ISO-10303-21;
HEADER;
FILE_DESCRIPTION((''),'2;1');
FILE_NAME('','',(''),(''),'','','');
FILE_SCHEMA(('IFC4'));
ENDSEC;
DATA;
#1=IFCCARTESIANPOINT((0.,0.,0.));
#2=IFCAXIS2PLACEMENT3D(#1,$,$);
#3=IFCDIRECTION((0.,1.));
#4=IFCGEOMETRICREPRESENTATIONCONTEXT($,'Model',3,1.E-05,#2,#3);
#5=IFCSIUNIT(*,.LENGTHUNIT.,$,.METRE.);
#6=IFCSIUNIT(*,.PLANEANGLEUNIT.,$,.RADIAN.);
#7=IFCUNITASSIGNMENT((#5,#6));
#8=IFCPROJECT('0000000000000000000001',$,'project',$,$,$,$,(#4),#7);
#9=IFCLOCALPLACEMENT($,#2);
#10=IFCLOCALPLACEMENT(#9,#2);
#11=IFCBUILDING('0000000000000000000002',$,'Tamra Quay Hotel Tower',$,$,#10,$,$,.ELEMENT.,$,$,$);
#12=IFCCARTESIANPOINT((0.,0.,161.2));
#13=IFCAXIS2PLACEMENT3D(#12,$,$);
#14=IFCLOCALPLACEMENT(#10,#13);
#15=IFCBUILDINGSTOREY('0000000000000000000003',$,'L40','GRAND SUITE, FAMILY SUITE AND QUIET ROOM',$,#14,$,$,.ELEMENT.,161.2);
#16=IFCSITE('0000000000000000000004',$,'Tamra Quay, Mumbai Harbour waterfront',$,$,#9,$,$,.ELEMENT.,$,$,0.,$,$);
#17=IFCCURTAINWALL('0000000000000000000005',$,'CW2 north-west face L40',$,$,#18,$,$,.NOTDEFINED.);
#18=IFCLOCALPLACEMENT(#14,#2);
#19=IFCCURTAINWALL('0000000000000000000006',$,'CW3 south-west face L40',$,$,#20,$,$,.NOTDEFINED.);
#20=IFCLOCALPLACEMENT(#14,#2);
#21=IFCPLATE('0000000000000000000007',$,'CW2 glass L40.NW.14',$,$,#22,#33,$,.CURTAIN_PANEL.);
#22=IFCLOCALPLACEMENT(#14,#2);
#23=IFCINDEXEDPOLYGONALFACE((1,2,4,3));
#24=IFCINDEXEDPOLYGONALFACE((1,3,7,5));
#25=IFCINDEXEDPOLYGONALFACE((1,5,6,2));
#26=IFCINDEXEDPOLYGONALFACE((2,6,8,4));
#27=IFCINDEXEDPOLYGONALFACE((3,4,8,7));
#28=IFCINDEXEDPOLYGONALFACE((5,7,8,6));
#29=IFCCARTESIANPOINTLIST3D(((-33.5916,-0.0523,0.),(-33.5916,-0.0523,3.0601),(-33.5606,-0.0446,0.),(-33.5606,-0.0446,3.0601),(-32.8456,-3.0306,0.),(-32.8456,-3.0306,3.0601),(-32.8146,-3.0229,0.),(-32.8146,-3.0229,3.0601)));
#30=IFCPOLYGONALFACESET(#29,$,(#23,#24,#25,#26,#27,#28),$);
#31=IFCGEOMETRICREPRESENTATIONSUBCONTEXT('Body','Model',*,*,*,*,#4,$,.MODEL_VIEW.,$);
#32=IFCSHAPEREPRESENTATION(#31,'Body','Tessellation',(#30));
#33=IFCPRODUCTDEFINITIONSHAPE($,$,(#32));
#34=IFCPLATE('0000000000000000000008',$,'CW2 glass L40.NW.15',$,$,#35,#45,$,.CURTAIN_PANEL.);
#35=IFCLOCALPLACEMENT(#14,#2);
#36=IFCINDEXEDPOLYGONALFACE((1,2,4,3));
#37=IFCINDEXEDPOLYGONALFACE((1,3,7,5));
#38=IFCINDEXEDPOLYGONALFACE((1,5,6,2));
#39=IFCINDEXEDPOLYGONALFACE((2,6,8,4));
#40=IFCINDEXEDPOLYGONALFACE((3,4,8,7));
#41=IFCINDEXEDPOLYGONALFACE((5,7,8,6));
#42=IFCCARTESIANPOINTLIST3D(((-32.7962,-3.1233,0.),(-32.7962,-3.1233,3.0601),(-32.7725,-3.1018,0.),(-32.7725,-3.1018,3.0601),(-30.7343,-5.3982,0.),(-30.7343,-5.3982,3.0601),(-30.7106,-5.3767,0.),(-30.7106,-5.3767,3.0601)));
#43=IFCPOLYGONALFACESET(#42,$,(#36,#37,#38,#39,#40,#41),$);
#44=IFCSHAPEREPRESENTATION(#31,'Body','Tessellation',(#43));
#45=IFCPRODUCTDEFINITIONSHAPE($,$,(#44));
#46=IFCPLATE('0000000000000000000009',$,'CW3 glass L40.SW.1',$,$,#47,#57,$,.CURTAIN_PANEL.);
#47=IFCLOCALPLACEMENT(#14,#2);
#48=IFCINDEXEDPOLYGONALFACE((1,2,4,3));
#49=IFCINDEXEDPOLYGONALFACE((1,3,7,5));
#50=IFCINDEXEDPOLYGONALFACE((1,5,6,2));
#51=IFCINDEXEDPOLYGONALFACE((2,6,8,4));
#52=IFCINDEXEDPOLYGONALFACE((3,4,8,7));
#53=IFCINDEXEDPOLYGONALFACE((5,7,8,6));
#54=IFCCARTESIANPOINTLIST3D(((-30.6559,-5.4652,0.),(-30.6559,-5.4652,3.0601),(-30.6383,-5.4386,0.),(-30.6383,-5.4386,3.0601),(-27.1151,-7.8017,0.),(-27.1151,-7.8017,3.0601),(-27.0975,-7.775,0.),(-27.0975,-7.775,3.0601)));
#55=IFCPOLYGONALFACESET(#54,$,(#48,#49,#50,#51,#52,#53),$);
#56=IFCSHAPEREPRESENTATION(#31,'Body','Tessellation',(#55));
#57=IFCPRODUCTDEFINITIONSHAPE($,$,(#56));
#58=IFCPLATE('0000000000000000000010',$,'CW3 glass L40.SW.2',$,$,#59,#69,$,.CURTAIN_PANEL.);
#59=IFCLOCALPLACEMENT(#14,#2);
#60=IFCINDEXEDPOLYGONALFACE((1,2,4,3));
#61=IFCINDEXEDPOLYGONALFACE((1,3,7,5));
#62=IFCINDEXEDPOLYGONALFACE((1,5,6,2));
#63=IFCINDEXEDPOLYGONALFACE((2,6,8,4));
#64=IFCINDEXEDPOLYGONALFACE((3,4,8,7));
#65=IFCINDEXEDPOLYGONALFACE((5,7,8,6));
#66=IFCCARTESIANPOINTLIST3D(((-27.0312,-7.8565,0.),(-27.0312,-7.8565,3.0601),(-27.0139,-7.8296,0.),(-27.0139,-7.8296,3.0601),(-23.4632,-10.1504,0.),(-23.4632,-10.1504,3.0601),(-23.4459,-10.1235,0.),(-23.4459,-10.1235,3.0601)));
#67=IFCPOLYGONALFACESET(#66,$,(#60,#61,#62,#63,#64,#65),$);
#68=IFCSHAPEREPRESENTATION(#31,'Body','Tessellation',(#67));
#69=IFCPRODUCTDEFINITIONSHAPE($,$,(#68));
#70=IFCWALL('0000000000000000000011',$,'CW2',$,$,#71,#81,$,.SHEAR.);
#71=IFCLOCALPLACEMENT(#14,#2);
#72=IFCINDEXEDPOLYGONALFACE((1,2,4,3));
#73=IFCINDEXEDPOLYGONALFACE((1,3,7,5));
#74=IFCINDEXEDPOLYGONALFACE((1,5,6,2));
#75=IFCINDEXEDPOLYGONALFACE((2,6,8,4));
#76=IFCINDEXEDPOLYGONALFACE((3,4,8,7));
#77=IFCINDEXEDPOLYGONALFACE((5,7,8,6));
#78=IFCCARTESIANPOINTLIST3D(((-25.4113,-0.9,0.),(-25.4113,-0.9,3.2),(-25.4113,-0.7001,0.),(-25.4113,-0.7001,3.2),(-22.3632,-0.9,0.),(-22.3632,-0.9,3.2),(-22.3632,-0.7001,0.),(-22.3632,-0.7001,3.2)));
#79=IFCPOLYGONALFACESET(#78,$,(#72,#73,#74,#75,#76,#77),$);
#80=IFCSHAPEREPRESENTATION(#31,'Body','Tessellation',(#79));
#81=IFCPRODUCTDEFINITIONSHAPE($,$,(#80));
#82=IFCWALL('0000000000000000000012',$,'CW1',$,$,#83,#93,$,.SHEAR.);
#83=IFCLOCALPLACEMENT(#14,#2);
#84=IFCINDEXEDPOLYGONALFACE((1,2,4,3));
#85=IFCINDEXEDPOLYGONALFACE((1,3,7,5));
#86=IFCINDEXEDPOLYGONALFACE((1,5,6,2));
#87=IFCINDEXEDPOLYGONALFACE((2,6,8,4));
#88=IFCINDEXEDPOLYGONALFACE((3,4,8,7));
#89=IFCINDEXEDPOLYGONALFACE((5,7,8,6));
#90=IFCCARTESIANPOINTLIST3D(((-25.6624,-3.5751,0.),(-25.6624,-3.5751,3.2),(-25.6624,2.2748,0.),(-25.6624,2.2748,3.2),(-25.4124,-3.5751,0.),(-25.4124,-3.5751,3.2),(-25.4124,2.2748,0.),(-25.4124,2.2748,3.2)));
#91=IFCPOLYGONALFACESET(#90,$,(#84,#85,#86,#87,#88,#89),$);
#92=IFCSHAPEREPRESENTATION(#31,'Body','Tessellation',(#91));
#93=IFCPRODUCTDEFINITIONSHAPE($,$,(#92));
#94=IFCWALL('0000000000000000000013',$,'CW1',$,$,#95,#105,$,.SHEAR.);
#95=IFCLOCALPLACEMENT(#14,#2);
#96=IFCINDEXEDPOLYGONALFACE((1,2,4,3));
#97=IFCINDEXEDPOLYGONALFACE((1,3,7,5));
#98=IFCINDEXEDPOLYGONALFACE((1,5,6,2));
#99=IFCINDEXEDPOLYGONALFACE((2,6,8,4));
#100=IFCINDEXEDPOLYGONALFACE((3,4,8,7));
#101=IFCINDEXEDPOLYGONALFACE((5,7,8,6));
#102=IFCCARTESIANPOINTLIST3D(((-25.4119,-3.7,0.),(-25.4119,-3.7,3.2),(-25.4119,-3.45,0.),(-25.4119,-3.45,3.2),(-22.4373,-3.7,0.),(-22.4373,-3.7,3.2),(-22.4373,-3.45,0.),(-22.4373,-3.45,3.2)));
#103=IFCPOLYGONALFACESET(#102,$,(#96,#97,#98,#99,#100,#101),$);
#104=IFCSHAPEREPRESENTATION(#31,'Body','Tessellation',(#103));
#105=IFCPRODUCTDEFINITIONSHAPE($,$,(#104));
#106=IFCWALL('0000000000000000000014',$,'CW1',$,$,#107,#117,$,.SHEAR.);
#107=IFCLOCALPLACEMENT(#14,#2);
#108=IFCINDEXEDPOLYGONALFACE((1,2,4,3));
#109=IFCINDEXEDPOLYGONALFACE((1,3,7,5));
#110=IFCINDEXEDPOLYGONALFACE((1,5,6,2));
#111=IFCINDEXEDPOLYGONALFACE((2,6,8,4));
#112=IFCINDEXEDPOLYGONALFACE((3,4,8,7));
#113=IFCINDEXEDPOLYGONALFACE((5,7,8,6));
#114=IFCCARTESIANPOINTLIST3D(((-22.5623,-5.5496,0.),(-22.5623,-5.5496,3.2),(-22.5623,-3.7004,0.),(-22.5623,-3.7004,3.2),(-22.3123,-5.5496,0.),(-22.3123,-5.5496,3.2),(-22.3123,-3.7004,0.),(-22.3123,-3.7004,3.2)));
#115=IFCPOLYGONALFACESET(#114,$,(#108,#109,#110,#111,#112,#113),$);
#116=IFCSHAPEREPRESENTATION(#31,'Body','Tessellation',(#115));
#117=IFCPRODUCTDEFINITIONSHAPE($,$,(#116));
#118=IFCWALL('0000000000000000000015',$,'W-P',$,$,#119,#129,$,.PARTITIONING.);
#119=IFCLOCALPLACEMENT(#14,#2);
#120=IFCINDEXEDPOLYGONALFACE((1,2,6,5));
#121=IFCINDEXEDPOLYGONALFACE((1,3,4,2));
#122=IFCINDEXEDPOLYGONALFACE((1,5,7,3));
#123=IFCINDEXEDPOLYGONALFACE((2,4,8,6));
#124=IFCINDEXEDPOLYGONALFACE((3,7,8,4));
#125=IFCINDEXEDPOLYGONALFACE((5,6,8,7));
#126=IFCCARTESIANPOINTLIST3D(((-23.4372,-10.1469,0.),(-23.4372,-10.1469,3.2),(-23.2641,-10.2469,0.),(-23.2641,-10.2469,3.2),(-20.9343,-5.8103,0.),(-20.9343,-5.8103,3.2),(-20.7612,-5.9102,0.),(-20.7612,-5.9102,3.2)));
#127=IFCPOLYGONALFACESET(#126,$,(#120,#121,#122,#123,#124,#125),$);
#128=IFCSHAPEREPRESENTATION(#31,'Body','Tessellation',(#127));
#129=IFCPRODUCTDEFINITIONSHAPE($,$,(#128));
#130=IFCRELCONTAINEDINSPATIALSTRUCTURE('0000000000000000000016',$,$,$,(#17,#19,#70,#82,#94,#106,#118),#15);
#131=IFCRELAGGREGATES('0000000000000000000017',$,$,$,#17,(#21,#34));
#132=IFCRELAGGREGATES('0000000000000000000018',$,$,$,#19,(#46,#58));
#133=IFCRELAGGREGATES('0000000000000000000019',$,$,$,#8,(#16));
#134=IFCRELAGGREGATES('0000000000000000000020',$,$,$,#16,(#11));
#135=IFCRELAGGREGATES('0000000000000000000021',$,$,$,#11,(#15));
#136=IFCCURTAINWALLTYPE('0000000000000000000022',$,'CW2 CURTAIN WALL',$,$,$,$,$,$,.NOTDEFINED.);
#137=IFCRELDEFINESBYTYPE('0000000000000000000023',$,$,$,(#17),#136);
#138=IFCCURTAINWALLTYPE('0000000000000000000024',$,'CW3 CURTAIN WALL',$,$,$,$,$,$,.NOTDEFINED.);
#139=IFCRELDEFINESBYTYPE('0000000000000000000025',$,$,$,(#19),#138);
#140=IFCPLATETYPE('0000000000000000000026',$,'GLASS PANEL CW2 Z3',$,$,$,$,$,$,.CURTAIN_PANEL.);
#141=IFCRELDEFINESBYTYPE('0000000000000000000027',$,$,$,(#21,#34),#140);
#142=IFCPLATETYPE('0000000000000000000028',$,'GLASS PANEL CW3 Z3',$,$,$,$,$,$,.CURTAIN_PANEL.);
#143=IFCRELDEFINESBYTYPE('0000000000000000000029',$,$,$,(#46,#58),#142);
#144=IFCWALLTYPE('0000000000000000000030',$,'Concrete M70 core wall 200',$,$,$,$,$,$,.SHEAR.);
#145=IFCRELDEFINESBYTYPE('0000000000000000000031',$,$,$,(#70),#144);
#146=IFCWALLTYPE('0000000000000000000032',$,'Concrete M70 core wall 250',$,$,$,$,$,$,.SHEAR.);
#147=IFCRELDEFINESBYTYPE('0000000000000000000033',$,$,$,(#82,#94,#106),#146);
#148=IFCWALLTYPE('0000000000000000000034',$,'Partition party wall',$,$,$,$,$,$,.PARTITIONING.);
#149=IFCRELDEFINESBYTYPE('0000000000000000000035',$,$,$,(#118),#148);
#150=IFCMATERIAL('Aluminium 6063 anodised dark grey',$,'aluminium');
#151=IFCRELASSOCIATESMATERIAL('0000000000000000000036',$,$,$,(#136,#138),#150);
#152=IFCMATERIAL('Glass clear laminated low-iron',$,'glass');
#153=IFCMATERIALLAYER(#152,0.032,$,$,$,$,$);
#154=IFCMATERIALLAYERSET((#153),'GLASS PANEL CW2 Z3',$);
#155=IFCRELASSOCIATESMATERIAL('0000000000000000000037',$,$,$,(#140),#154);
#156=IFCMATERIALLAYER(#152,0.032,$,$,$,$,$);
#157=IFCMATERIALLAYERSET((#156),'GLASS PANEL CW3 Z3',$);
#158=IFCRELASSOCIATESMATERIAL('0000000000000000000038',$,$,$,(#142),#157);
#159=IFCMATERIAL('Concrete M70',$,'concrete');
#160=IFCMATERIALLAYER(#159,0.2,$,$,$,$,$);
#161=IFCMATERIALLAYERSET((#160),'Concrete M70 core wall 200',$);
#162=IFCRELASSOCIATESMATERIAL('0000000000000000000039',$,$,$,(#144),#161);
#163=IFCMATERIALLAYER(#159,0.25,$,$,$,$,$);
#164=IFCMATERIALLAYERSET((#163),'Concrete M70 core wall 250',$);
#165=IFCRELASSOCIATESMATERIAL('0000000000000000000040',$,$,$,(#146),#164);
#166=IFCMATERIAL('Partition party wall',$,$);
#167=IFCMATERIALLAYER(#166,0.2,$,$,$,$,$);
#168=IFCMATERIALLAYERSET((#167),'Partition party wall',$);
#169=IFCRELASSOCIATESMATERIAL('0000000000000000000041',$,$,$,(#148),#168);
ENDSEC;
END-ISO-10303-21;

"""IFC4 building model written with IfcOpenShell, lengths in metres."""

from ifc_helpers import new_model, si_unit, direction, frame, frame_2d, origin, origin_2d, place, context, subcontext, project, spatial, rectangle, extrude, material, layer, layer_set, type_object, element, aggregate, save


model = new_model("IFC4")

# Units and contexts
model_context = context("Model", 3, precision=1e-05, world=origin(), true_north=direction((0.0, 1.0)))
body_context = subcontext(model_context, "Body", "Model", "MODEL_VIEW")
ifc_project = project(units=[si_unit("LENGTHUNIT", "METRE"), si_unit("PLANEANGLEUNIT", "RADIAN")], contexts=[model_context])

# Site, building, storey
site_placement = place(None, origin())
site = spatial("IfcSite", under=ifc_project, at=site_placement, Name="Tamra Quay, Mumbai Harbour waterfront", CompositionType="ELEMENT", RefElevation=0.0)
building_placement = place(site_placement, origin())
building = spatial("IfcBuilding", under=site, at=building_placement, Name="Tamra Quay Hotel Tower", CompositionType="ELEMENT")
storey_placement = place(building_placement, frame((0.0, 0.0, 161.2)))
storey = spatial("IfcBuildingStorey", under=building, at=storey_placement, Name="L40", Description="GRAND SUITE, FAMILY SUITE AND QUIET ROOM", CompositionType="ELEMENT", Elevation=161.2)

# Shared definitions
ifc_material_1 = material(Name="Concrete M70", Category="concrete")

# Curtain wall
ifc_material_2 = material(Name="Aluminium 6063 anodised dark grey", Category="aluminium")
curtain_wall_type_1 = type_object("IfcCurtainWallType", Name="CW2 CURTAIN WALL", PredefinedType="NOTDEFINED", material=ifc_material_2)
curtain_wall_1_placement = place(storey_placement, origin())
curtain_wall_1 = element("IfcCurtainWall", 1, at=curtain_wall_1_placement, inside=storey, type_object=curtain_wall_type_1, Name="CW2 north-west face L40", PredefinedType="NOTDEFINED")

# Curtain wall
curtain_wall_type_2 = type_object("IfcCurtainWallType", Name="CW3 CURTAIN WALL", PredefinedType="NOTDEFINED", material=ifc_material_2)
curtain_wall_2_placement = place(storey_placement, origin())
curtain_wall_2 = element("IfcCurtainWall", 2, at=curtain_wall_2_placement, inside=storey, type_object=curtain_wall_type_2, Name="CW3 south-west face L40", PredefinedType="NOTDEFINED")

# Plates
ifc_material_3 = material(Name="Glass clear laminated low-iron", Category="glass")
ifc_layer_1 = layer(ifc_material_3, 0.032)
ifc_layer_set_1 = layer_set([ifc_layer_1], Name="GLASS PANEL CW2 Z3")
plate_type_1 = type_object("IfcPlateType", Name="GLASS PANEL CW2 Z3", PredefinedType="CURTAIN_PANEL", material=ifc_layer_set_1)
plate_1_placement = place(storey_placement, frame((-33.2031, -1.5376, 0.0), z_axis=(0.0, 0.0, 1.0), x_axis=(0.242976, -0.970032, 0.0)))
plate_1 = element("IfcPlate", 3, at=plate_1_placement, type_object=plate_type_1, Name="CW2 glass L40.NW.14", PredefinedType="CURTAIN_PANEL", context=body_context, shape_type="SweptSolid", body=[
    extrude(rectangle(XDim=3.0703, YDim=0.032, at=origin_2d()), origin(), (0.0, 0.0, 1.0), 3.0601),
])
plate_2_placement = place(storey_placement, frame((-31.7534, -4.25, 0.0), z_axis=(0.0, 0.0, 1.0), x_axis=(0.67155, -0.740959, 0.0)))
plate_2 = element("IfcPlate", 4, at=plate_2_placement, type_object=plate_type_1, Name="CW2 glass L40.NW.15", PredefinedType="CURTAIN_PANEL", context=body_context, shape_type="SweptSolid", body=[
    extrude(rectangle(XDim=3.0703, YDim=0.032, at=origin_2d()), origin(), (0.0, 0.0, 1.0), 3.0601),
])
aggregate(curtain_wall_1, [plate_1, plate_2])
ifc_layer_2 = layer(ifc_material_3, 0.032)
ifc_layer_set_2 = layer_set([ifc_layer_2], Name="GLASS PANEL CW3 Z3")
plate_type_2 = type_object("IfcPlateType", Name="GLASS PANEL CW3 Z3", PredefinedType="CURTAIN_PANEL", material=ifc_layer_set_2)
plate_3_placement = place(storey_placement, frame((-28.8767, -6.6201, 0.0), z_axis=(0.0, 0.0, 1.0), x_axis=(0.834663, -0.550761, 0.0)))
plate_3 = element("IfcPlate", 5, at=plate_3_placement, type_object=plate_type_2, Name="CW3 glass L40.SW.1", PredefinedType="CURTAIN_PANEL", context=body_context, shape_type="SweptSolid", body=[
    extrude(rectangle(XDim=4.2422, YDim=0.032, at=origin_2d()), origin(), (0.0, 0.0, 1.0), 3.0601),
])
plate_4_placement = place(storey_placement, frame((-25.2385, -8.99, 0.0), z_axis=(0.0, 0.0, 1.0), x_axis=(0.841164, -0.54078, 0.0)))
plate_4 = element("IfcPlate", 6, at=plate_4_placement, type_object=plate_type_2, Name="CW3 glass L40.SW.2", PredefinedType="CURTAIN_PANEL", context=body_context, shape_type="SweptSolid", body=[
    extrude(rectangle(XDim=4.2417, YDim=0.032, at=origin_2d()), origin(), (0.0, 0.0, 1.0), 3.0601),
])
aggregate(curtain_wall_2, [plate_3, plate_4])

# Walls
ifc_layer_3 = layer(ifc_material_1, 0.2)
ifc_layer_set_3 = layer_set([ifc_layer_3], Name="Concrete M70 core wall 200")
wall_type_1 = type_object("IfcWallType", Name="Concrete M70 core wall 200", PredefinedType="SHEAR", material=ifc_layer_set_3)
wall_1_placement = place(storey_placement, frame((-22.3633, -0.8, 0.0), z_axis=(0.0, 0.0, 1.0), x_axis=(-1.0, 0.0, 0.0)))
element("IfcWall", 7, at=wall_1_placement, inside=storey, type_object=wall_type_1, Name="CW2", PredefinedType="SHEAR", context=body_context, shape_type="SweptSolid", body=[
    extrude(rectangle(XDim=3.0481, YDim=0.2, at=frame_2d((1.5239, 0.0))), origin(), (0.0, 0.0, 1.0), 3.2),
])
ifc_layer_4 = layer(ifc_material_1, 0.25)
ifc_layer_set_4 = layer_set([ifc_layer_4], Name="Concrete M70 core wall 250")
wall_type_2 = type_object("IfcWallType", Name="Concrete M70 core wall 250", PredefinedType="SHEAR", material=ifc_layer_set_4)
wall_2_placement = place(storey_placement, frame((-25.5374, -3.575, 0.0), z_axis=(0.0, 0.0, 1.0), x_axis=(0.0, 1.0, 0.0)))
element("IfcWall", 8, at=wall_2_placement, inside=storey, type_object=wall_type_2, Name="CW1", PredefinedType="SHEAR", context=body_context, shape_type="SweptSolid", body=[
    extrude(rectangle(XDim=5.8499, YDim=0.25, at=frame_2d((2.9248, 0.0))), origin(), (0.0, 0.0, 1.0), 3.2),
])
wall_3_placement = place(storey_placement, frame((-22.4373, -3.575, 0.0), z_axis=(0.0, 0.0, 1.0), x_axis=(-1.0, 0.0, 0.0)))
element("IfcWall", 9, at=wall_3_placement, inside=storey, type_object=wall_type_2, Name="CW1", PredefinedType="SHEAR", context=body_context, shape_type="SweptSolid", body=[
    extrude(rectangle(XDim=2.9746, YDim=0.25, at=frame_2d((1.4873, 0.0))), origin(), (0.0, 0.0, 1.0), 3.2),
])
wall_4_placement = place(storey_placement, frame((-22.4373, -5.5496, 0.0), z_axis=(0.0, 0.0, 1.0), x_axis=(0.0, 1.0, 0.0)))
element("IfcWall", 10, at=wall_4_placement, inside=storey, type_object=wall_type_2, Name="CW1", PredefinedType="SHEAR", context=body_context, shape_type="SweptSolid", body=[
    extrude(rectangle(XDim=1.8491, YDim=0.25, at=frame_2d((0.9246, 0.0))), origin(), (0.0, 0.0, 1.0), 3.2),
])
ifc_material_4 = material(Name="Partition party wall")
ifc_layer_5 = layer(ifc_material_4, 0.2)
ifc_layer_set_5 = layer_set([ifc_layer_5], Name="Partition party wall")
wall_type_3 = type_object("IfcWallType", Name="Partition party wall", PredefinedType="PARTITIONING", material=ifc_layer_set_5)
wall_5_placement = place(storey_placement, frame((-23.3506, -10.1968, 0.0), z_axis=(0.0, 0.0, 1.0), x_axis=(0.499873, 0.866099, 0.0)))
element("IfcWall", 11, at=wall_5_placement, inside=storey, type_object=wall_type_3, Name="W-P", PredefinedType="PARTITIONING", context=body_context, shape_type="SweptSolid", body=[
    extrude(rectangle(XDim=5.0071, YDim=0.2, at=frame_2d((2.5034, 0.0))), origin(), (0.0, 0.0, 1.0), 3.2),
])

save(model, "model.ifc")
